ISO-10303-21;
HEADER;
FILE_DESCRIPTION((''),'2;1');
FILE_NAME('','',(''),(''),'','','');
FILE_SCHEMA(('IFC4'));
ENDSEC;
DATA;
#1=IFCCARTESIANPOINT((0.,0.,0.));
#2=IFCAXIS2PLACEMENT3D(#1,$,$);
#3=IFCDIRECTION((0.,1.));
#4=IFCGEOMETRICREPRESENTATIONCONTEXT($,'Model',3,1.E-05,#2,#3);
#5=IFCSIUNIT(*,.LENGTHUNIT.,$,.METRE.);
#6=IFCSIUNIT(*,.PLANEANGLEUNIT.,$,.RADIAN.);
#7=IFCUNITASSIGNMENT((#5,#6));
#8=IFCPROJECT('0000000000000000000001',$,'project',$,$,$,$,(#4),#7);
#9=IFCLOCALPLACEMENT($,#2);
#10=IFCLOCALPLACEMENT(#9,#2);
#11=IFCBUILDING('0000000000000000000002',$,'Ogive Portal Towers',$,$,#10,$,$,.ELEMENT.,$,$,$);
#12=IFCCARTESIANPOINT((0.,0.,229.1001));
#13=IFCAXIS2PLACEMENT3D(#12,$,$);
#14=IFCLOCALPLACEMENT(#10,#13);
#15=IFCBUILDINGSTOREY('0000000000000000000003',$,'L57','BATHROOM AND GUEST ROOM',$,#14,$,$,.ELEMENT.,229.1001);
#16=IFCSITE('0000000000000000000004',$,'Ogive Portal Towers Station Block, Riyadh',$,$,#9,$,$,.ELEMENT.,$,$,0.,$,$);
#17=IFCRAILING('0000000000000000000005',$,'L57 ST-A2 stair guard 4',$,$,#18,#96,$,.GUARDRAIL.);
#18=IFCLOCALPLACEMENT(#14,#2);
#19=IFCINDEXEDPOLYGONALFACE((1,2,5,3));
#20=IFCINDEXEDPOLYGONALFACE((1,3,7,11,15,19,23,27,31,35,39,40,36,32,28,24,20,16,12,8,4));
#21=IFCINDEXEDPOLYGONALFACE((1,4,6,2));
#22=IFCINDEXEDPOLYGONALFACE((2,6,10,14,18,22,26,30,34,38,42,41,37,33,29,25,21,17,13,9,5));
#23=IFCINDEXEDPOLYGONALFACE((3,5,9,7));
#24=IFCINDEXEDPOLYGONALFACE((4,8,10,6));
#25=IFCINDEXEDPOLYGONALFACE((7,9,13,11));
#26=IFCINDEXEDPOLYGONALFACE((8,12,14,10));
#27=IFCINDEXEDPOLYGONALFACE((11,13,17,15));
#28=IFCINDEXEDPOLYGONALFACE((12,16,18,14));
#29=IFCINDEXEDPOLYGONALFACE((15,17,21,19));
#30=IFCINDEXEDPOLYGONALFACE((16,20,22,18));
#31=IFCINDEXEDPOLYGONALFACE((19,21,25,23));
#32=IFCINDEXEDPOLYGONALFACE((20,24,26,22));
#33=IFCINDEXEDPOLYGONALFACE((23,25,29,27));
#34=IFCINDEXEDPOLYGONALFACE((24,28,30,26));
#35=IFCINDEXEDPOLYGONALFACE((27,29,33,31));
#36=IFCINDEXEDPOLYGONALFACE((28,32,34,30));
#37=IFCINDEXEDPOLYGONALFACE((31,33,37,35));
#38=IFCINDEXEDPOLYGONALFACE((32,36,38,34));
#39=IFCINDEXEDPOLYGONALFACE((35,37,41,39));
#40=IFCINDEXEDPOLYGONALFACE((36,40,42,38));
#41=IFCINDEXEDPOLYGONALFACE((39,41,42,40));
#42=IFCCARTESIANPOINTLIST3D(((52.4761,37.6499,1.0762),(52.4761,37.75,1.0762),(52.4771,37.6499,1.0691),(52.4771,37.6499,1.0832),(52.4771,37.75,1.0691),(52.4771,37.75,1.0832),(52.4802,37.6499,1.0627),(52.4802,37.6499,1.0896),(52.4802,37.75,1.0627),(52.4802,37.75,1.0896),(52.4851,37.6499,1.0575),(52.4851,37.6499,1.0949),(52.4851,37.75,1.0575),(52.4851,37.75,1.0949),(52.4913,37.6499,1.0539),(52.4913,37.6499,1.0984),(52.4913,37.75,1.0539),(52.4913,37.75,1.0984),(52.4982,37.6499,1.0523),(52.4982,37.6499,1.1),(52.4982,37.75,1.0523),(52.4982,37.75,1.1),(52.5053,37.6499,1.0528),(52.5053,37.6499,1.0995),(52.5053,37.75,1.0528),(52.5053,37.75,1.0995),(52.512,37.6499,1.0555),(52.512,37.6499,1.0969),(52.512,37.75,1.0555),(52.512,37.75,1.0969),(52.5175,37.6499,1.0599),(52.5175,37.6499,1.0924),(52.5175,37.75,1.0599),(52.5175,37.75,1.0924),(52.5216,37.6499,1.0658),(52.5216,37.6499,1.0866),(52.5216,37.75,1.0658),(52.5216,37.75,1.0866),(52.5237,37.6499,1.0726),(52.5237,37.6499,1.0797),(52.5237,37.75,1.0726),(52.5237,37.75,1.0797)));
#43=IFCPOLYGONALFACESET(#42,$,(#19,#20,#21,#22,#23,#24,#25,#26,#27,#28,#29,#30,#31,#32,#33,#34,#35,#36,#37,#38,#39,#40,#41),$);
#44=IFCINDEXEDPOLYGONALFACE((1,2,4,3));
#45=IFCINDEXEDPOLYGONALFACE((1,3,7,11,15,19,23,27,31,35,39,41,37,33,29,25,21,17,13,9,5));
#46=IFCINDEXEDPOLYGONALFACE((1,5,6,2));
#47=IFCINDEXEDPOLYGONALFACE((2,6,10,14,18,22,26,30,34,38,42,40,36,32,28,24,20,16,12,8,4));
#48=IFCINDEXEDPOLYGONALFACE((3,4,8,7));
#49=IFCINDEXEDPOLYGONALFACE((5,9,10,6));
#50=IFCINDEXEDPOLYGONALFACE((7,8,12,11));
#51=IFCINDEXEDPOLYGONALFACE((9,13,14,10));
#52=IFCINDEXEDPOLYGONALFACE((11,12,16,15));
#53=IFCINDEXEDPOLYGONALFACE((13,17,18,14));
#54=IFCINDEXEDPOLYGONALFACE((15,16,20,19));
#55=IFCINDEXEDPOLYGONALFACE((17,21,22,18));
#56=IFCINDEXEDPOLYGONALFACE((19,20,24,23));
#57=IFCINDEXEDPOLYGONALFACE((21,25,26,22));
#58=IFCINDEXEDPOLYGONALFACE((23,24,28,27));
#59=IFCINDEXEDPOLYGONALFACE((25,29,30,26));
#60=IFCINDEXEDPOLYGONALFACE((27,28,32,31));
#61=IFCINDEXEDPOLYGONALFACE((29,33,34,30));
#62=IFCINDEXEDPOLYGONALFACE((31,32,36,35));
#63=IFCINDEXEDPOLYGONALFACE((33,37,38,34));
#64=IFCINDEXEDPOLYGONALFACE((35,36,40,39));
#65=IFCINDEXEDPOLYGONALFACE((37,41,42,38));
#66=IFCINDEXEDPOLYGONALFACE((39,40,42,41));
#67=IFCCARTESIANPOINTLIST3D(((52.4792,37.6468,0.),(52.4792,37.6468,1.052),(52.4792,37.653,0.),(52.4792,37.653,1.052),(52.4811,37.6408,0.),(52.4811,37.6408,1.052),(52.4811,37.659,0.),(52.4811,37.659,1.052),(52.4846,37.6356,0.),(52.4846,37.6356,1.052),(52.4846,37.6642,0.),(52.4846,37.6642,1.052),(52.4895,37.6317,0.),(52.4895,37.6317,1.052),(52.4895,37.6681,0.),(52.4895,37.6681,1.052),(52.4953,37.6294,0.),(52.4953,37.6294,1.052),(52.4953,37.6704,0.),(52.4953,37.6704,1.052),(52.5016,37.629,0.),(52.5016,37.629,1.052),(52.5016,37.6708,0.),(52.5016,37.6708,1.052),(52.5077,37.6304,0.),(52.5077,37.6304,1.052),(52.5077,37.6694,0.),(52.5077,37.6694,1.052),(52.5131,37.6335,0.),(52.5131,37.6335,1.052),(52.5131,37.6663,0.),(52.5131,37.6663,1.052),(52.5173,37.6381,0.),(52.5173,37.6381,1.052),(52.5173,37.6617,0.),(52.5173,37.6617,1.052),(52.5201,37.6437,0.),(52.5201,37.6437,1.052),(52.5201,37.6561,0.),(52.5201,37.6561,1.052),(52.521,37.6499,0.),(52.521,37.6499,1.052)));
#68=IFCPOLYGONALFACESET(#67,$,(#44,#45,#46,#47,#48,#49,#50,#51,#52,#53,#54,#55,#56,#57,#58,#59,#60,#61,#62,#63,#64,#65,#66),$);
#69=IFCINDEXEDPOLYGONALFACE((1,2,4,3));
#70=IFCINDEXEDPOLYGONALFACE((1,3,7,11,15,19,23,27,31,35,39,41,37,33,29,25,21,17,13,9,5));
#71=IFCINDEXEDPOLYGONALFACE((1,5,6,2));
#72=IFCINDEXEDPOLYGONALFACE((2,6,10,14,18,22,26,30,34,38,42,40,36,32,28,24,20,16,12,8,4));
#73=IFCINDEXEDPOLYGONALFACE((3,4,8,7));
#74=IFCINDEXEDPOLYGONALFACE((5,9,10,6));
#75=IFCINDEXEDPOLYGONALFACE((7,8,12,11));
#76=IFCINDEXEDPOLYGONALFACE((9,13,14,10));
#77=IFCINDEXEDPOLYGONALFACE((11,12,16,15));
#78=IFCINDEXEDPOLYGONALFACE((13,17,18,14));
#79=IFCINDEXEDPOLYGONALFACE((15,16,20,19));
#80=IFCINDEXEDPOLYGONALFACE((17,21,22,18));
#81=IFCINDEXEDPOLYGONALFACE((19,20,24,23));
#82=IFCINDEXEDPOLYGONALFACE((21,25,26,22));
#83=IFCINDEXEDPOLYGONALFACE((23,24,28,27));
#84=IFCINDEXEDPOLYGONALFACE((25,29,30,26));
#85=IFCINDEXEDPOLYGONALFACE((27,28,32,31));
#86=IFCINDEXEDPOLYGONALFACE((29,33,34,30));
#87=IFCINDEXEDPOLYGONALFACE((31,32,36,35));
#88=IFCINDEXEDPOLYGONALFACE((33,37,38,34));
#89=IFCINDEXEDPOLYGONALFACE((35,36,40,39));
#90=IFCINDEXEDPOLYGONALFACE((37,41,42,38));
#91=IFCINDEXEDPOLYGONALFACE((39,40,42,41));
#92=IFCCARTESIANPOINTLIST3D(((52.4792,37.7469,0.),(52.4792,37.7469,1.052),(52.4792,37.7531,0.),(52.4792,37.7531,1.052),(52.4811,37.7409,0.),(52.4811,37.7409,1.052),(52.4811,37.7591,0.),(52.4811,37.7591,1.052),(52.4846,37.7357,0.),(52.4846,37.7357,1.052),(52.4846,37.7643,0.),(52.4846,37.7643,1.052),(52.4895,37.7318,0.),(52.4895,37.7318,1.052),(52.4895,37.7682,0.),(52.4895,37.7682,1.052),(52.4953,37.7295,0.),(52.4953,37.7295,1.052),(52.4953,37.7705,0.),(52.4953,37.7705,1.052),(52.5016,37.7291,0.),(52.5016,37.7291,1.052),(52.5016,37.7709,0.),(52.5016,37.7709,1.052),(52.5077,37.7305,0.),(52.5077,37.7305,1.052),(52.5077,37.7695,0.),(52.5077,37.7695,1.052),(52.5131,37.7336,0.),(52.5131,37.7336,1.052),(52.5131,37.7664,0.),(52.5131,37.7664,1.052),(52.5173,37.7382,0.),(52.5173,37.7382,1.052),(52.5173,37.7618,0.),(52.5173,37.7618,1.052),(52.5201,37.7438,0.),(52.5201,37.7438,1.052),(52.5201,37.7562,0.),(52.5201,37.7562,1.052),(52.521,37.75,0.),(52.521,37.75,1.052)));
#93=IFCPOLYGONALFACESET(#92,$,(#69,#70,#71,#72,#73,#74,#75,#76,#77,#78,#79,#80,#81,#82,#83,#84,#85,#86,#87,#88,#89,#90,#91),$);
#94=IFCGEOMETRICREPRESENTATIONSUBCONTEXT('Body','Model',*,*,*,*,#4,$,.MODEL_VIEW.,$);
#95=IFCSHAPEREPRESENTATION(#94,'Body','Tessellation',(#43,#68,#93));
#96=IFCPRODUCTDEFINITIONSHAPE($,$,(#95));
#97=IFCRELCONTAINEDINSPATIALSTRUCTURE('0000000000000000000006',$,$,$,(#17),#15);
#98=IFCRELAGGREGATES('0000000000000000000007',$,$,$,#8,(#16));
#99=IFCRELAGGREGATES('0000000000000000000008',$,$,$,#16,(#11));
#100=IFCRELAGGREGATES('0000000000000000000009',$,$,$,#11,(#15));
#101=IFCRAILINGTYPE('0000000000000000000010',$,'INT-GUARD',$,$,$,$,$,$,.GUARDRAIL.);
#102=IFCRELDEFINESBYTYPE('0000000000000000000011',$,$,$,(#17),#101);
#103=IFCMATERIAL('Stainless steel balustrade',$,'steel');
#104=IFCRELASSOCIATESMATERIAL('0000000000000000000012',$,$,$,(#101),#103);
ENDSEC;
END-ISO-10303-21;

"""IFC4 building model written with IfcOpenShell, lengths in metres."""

from ifc_helpers import new_model, si_unit, direction, frame, origin, origin_2d, place, context, subcontext, project, spatial, circle, extrude, material, type_object, element, save


model = new_model("IFC4")

# Units and contexts
model_context = context("Model", 3, precision=1e-05, world=origin(), true_north=direction((0.0, 1.0)))
body_context = subcontext(model_context, "Body", "Model", "MODEL_VIEW")
ifc_project = project(units=[si_unit("LENGTHUNIT", "METRE"), si_unit("PLANEANGLEUNIT", "RADIAN")], contexts=[model_context])

# Site, building, storey
site_placement = place(None, origin())
site = spatial("IfcSite", under=ifc_project, at=site_placement, Name="Ogive Portal Towers Station Block, Riyadh", CompositionType="ELEMENT", RefElevation=0.0)
building_placement = place(site_placement, origin())
building = spatial("IfcBuilding", under=site, at=building_placement, Name="Ogive Portal Towers", CompositionType="ELEMENT")
storey_placement = place(building_placement, frame((0.0, 0.0, 229.1001)))
storey = spatial("IfcBuildingStorey", under=building, at=storey_placement, Name="L57", Description="BATHROOM AND GUEST ROOM", CompositionType="ELEMENT", Elevation=229.1001)

# Railing
ifc_material_1 = material(Name="Stainless steel balustrade", Category="steel")
railing_type_1 = type_object("IfcRailingType", Name="INT-GUARD", PredefinedType="GUARDRAIL", material=ifc_material_1)
railing_1_placement = place(storey_placement, frame((52.5, 37.6499, 0.0)))
element("IfcRailing", 1, at=railing_1_placement, inside=storey, type_object=railing_type_1, Name="L57 ST-A2 stair guard 4", PredefinedType="GUARDRAIL", context=body_context, shape_type="SweptSolid", body=[
    extrude(circle(Radius=0.0239, at=origin_2d()), frame((0.0, 0.0, 1.0762), z_axis=(0.0, 1.0, 0.0), x_axis=(-1.0, 0.0, 0.0)), (0.0, 0.0, 1.0), 0.1001),
    extrude(circle(Radius=0.021, at=origin_2d()), origin(), (0.0, 0.0, 1.0), 1.052),
    extrude(circle(Radius=0.021, at=origin_2d()), frame((0.0, 0.1001, 0.0)), (0.0, 0.0, 1.0), 1.052),
])

save(model, "model.ifc")
